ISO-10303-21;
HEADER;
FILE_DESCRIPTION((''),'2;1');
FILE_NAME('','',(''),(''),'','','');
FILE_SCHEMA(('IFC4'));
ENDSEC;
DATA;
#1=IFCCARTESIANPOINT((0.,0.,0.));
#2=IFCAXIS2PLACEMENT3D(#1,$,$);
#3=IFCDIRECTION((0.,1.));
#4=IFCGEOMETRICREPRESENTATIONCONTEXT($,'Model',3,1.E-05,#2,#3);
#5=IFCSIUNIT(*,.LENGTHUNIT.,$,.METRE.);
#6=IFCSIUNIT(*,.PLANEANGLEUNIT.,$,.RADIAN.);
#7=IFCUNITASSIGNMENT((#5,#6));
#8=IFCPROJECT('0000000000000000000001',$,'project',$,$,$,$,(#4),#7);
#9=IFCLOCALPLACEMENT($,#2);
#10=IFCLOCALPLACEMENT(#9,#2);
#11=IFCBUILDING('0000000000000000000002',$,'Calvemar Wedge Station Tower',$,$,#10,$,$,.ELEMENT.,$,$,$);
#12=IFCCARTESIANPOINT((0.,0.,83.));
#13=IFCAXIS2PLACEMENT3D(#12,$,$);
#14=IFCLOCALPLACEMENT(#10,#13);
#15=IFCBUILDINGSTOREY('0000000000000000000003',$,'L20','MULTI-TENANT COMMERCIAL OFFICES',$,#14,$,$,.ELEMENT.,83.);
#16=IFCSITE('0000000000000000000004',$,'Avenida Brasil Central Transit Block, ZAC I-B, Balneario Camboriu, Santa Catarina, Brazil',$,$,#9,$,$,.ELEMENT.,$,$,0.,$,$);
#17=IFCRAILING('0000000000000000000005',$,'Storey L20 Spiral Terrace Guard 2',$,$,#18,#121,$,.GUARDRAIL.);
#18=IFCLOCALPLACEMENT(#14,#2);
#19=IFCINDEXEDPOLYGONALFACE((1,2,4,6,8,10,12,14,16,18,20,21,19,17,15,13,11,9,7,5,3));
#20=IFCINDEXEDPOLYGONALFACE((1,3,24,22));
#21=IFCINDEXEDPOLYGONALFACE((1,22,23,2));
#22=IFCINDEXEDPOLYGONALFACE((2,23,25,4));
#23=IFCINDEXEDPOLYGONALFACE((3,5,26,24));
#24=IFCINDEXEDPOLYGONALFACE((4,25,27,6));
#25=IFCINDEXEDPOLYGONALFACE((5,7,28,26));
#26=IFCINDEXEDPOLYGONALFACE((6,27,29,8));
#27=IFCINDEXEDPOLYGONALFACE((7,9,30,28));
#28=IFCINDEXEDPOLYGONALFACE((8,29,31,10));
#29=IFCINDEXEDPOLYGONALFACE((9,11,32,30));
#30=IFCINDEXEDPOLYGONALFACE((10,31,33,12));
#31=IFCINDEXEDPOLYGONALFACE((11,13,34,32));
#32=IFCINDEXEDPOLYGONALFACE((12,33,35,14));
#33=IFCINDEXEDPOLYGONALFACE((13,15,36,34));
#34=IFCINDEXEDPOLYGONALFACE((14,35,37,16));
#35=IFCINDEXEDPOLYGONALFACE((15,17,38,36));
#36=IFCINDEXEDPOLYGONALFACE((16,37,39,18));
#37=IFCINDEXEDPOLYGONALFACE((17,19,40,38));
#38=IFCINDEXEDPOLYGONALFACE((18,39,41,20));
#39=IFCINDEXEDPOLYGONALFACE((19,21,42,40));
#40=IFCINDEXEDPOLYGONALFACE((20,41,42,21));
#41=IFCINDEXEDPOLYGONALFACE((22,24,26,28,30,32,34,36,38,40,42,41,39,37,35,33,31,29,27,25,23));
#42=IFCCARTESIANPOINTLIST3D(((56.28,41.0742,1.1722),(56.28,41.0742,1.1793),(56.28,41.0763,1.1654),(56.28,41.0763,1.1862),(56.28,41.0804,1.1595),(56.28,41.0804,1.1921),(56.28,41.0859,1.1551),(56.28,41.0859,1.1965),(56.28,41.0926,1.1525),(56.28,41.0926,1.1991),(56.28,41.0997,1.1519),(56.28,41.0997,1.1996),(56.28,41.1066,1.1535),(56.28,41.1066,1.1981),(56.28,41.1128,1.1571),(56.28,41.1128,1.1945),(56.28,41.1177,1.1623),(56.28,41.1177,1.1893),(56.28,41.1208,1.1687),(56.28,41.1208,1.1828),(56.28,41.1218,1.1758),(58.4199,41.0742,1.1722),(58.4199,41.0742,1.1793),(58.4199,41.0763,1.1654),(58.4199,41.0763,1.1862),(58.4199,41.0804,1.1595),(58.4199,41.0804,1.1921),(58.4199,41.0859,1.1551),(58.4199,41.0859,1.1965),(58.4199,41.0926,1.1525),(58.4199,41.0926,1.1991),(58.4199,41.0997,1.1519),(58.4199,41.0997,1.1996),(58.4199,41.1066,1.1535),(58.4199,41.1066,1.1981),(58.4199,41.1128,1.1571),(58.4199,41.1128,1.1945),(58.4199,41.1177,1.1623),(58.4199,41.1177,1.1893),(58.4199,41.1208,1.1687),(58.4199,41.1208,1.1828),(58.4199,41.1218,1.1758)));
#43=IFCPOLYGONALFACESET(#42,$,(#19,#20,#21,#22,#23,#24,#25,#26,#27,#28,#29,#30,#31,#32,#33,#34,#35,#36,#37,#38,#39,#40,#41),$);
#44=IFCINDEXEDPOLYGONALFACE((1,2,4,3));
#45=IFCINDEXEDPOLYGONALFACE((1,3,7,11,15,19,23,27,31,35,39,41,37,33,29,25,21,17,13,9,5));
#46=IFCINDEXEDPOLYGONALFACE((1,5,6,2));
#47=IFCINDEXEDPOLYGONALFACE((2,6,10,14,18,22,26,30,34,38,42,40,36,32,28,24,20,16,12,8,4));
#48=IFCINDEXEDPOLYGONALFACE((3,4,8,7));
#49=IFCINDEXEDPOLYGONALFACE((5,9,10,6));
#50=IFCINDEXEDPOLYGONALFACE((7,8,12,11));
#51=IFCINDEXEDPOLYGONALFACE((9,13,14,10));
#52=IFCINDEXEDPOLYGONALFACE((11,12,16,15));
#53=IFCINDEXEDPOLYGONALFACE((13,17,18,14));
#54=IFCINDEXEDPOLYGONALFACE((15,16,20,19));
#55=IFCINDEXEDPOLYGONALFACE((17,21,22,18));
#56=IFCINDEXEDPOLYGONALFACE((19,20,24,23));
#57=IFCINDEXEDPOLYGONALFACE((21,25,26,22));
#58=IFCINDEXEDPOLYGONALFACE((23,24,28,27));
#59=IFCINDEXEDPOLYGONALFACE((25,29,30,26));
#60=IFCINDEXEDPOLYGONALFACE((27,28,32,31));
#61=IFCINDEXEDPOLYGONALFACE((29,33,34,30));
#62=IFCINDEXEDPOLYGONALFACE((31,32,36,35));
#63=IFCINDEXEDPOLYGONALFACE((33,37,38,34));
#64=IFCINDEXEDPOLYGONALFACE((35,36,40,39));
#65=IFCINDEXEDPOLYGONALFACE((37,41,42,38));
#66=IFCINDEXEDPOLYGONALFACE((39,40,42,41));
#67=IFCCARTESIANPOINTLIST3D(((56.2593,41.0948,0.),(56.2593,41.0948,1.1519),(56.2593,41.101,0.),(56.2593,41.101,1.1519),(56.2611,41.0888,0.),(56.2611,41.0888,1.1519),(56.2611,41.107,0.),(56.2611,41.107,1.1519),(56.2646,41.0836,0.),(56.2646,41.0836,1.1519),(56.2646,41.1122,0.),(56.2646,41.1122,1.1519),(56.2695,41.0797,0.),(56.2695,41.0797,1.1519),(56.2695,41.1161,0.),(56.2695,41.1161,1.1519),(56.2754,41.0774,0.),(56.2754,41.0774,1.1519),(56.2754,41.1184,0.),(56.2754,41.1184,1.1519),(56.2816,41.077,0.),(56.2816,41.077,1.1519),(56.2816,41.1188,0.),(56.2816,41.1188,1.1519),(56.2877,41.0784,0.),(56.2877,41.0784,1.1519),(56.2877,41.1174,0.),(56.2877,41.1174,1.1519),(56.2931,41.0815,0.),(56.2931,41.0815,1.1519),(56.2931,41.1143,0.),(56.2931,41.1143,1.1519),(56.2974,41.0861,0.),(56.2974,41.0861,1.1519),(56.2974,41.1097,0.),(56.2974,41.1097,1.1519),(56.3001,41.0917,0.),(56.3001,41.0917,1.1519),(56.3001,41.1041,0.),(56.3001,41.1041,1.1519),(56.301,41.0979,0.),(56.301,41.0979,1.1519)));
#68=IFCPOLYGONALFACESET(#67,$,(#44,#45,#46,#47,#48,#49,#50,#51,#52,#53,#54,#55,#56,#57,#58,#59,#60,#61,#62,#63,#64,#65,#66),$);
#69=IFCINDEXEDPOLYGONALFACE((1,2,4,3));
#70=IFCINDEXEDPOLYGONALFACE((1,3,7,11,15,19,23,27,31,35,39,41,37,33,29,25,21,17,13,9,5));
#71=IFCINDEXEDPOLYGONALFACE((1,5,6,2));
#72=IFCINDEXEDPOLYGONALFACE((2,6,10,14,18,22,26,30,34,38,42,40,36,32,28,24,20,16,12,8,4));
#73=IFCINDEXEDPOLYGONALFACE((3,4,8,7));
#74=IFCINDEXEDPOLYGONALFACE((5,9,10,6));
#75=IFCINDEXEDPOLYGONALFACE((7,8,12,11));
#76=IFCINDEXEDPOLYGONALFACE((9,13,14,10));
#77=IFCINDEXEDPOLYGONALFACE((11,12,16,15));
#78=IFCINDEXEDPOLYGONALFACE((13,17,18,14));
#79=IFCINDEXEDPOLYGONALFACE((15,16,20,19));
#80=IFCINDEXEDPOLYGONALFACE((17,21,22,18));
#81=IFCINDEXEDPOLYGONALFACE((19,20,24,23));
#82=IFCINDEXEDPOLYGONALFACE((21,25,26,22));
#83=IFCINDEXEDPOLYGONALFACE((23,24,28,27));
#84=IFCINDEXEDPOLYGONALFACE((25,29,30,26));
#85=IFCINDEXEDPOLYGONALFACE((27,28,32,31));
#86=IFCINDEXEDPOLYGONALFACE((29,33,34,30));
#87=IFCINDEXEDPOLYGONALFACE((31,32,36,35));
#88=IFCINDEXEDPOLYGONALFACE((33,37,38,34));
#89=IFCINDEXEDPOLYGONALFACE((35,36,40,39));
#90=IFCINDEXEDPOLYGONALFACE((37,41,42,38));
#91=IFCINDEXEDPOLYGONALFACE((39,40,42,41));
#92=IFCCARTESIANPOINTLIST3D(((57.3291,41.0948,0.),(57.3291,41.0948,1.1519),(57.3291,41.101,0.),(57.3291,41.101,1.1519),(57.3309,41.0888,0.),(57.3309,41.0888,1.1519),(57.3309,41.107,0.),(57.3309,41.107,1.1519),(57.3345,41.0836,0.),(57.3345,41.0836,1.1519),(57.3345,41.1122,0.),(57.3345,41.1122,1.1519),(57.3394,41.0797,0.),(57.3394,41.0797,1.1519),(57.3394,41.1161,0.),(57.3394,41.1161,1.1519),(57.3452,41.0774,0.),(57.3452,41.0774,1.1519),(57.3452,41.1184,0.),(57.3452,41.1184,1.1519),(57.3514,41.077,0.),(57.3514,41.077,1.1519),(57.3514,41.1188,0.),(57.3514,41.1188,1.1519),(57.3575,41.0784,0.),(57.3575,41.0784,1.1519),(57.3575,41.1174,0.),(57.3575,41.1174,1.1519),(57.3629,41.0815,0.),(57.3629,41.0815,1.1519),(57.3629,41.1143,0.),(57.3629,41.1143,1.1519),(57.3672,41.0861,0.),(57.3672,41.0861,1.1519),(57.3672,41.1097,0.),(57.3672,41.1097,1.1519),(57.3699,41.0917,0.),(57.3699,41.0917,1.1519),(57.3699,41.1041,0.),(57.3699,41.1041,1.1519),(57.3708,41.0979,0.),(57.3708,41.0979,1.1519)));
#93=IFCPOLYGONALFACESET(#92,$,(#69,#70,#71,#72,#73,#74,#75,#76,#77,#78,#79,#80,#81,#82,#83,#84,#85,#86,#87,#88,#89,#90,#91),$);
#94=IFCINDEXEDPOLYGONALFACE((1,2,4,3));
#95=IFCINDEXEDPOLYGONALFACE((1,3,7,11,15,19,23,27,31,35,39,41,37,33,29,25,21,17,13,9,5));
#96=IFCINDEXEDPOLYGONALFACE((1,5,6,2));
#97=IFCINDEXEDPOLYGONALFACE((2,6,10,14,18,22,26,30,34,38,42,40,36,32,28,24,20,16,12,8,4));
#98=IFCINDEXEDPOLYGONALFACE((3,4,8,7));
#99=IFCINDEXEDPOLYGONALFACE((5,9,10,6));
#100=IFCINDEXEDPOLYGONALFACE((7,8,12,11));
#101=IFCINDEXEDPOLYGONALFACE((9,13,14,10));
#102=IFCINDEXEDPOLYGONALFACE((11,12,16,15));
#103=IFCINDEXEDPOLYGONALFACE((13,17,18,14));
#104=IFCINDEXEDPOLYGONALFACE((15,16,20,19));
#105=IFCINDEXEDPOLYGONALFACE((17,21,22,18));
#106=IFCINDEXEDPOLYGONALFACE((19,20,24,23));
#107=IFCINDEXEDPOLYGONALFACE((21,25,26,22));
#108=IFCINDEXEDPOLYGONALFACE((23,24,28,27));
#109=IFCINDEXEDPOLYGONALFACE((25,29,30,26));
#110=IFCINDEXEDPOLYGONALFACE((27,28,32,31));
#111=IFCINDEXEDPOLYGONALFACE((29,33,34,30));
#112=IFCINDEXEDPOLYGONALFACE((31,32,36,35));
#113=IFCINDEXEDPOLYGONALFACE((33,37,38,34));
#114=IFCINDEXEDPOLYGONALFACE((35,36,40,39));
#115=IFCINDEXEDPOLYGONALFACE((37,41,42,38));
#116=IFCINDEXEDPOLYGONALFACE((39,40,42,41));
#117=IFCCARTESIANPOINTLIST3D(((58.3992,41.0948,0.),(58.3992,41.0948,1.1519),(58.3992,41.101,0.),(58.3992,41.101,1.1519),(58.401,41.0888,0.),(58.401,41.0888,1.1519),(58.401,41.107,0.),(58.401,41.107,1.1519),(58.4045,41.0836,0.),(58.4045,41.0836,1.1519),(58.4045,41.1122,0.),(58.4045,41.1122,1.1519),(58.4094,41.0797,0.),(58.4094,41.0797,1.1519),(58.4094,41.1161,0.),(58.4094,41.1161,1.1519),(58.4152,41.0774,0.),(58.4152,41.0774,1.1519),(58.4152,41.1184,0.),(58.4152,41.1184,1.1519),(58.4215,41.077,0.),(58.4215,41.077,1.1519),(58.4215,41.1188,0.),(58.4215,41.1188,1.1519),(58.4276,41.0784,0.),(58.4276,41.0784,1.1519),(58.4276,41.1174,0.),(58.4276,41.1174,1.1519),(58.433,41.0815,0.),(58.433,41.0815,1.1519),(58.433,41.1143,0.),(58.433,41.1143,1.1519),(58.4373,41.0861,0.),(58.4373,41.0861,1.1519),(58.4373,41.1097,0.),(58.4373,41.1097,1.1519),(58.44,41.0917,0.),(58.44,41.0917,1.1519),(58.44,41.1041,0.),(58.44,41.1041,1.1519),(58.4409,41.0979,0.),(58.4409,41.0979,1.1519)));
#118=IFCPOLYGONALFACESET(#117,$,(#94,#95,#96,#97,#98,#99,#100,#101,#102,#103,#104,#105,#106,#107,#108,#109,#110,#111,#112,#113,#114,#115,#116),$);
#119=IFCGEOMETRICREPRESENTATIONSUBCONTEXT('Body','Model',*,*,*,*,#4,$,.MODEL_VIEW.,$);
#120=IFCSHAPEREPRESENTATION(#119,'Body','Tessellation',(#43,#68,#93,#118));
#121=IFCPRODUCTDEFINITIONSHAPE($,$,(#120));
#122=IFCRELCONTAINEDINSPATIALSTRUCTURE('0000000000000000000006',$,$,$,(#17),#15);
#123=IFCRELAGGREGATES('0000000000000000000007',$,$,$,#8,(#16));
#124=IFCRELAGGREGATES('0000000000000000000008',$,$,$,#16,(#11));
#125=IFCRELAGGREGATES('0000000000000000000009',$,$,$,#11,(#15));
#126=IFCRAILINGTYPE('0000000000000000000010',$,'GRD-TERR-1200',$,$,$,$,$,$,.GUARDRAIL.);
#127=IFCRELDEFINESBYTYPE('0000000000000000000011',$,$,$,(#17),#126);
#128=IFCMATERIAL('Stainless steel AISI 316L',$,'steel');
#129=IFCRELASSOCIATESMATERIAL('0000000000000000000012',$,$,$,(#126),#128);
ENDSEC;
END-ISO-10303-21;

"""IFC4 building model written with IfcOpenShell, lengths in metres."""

from ifc_helpers import new_model, si_unit, direction, frame, origin, origin_2d, place, context, subcontext, project, spatial, circle, extrude, material, type_object, element, save


model = new_model("IFC4")

# Units and contexts
model_context = context("Model", 3, precision=1e-05, world=origin(), true_north=direction((0.0, 1.0)))
body_context = subcontext(model_context, "Body", "Model", "MODEL_VIEW")
ifc_project = project(units=[si_unit("LENGTHUNIT", "METRE"), si_unit("PLANEANGLEUNIT", "RADIAN")], contexts=[model_context])

# Site, building, storey
site_placement = place(None, origin())
site = spatial("IfcSite", under=ifc_project, at=site_placement, Name="Avenida Brasil Central Transit Block, ZAC I-B, Balneario Camboriu, Santa Catarina, Brazil", CompositionType="ELEMENT", RefElevation=0.0)
building_placement = place(site_placement, origin())
building = spatial("IfcBuilding", under=site, at=building_placement, Name="Calvemar Wedge Station Tower", CompositionType="ELEMENT")
storey_placement = place(building_placement, frame((0.0, 0.0, 83.0)))
storey = spatial("IfcBuildingStorey", under=building, at=storey_placement, Name="L20", Description="MULTI-TENANT COMMERCIAL OFFICES", CompositionType="ELEMENT", Elevation=83.0)

# Railing
ifc_material_1 = material(Name="Stainless steel AISI 316L", Category="steel")
railing_type = type_object("IfcRailingType", Name="GRD-TERR-1200", PredefinedType="GUARDRAIL", material=ifc_material_1)
railing_1_placement = place(storey_placement, frame((56.28, 41.0979, 0.0)))
element("IfcRailing", 1, at=railing_1_placement, inside=storey, type_object=railing_type, Name="Storey L20 Spiral Terrace Guard 2", PredefinedType="GUARDRAIL", context=body_context, shape_type="SweptSolid", body=[
    extrude(circle(Radius=0.0239, at=origin_2d()), frame((0.0, 0.0, 1.1758), z_axis=(1.0, 0.0, 0.0), x_axis=(0.0, 1.0, 0.0)), (0.0, 0.0, 1.0), 2.1399),
    extrude(circle(Radius=0.021, at=origin_2d()), origin(), (0.0, 0.0, 1.0), 1.1519),
    extrude(circle(Radius=0.021, at=origin_2d()), frame((1.0698, 0.0, 0.0)), (0.0, 0.0, 1.0), 1.1519),
    extrude(circle(Radius=0.021, at=origin_2d()), frame((2.1399, 0.0, 0.0)), (0.0, 0.0, 1.0), 1.1519),
])

save(model, "model.ifc")
